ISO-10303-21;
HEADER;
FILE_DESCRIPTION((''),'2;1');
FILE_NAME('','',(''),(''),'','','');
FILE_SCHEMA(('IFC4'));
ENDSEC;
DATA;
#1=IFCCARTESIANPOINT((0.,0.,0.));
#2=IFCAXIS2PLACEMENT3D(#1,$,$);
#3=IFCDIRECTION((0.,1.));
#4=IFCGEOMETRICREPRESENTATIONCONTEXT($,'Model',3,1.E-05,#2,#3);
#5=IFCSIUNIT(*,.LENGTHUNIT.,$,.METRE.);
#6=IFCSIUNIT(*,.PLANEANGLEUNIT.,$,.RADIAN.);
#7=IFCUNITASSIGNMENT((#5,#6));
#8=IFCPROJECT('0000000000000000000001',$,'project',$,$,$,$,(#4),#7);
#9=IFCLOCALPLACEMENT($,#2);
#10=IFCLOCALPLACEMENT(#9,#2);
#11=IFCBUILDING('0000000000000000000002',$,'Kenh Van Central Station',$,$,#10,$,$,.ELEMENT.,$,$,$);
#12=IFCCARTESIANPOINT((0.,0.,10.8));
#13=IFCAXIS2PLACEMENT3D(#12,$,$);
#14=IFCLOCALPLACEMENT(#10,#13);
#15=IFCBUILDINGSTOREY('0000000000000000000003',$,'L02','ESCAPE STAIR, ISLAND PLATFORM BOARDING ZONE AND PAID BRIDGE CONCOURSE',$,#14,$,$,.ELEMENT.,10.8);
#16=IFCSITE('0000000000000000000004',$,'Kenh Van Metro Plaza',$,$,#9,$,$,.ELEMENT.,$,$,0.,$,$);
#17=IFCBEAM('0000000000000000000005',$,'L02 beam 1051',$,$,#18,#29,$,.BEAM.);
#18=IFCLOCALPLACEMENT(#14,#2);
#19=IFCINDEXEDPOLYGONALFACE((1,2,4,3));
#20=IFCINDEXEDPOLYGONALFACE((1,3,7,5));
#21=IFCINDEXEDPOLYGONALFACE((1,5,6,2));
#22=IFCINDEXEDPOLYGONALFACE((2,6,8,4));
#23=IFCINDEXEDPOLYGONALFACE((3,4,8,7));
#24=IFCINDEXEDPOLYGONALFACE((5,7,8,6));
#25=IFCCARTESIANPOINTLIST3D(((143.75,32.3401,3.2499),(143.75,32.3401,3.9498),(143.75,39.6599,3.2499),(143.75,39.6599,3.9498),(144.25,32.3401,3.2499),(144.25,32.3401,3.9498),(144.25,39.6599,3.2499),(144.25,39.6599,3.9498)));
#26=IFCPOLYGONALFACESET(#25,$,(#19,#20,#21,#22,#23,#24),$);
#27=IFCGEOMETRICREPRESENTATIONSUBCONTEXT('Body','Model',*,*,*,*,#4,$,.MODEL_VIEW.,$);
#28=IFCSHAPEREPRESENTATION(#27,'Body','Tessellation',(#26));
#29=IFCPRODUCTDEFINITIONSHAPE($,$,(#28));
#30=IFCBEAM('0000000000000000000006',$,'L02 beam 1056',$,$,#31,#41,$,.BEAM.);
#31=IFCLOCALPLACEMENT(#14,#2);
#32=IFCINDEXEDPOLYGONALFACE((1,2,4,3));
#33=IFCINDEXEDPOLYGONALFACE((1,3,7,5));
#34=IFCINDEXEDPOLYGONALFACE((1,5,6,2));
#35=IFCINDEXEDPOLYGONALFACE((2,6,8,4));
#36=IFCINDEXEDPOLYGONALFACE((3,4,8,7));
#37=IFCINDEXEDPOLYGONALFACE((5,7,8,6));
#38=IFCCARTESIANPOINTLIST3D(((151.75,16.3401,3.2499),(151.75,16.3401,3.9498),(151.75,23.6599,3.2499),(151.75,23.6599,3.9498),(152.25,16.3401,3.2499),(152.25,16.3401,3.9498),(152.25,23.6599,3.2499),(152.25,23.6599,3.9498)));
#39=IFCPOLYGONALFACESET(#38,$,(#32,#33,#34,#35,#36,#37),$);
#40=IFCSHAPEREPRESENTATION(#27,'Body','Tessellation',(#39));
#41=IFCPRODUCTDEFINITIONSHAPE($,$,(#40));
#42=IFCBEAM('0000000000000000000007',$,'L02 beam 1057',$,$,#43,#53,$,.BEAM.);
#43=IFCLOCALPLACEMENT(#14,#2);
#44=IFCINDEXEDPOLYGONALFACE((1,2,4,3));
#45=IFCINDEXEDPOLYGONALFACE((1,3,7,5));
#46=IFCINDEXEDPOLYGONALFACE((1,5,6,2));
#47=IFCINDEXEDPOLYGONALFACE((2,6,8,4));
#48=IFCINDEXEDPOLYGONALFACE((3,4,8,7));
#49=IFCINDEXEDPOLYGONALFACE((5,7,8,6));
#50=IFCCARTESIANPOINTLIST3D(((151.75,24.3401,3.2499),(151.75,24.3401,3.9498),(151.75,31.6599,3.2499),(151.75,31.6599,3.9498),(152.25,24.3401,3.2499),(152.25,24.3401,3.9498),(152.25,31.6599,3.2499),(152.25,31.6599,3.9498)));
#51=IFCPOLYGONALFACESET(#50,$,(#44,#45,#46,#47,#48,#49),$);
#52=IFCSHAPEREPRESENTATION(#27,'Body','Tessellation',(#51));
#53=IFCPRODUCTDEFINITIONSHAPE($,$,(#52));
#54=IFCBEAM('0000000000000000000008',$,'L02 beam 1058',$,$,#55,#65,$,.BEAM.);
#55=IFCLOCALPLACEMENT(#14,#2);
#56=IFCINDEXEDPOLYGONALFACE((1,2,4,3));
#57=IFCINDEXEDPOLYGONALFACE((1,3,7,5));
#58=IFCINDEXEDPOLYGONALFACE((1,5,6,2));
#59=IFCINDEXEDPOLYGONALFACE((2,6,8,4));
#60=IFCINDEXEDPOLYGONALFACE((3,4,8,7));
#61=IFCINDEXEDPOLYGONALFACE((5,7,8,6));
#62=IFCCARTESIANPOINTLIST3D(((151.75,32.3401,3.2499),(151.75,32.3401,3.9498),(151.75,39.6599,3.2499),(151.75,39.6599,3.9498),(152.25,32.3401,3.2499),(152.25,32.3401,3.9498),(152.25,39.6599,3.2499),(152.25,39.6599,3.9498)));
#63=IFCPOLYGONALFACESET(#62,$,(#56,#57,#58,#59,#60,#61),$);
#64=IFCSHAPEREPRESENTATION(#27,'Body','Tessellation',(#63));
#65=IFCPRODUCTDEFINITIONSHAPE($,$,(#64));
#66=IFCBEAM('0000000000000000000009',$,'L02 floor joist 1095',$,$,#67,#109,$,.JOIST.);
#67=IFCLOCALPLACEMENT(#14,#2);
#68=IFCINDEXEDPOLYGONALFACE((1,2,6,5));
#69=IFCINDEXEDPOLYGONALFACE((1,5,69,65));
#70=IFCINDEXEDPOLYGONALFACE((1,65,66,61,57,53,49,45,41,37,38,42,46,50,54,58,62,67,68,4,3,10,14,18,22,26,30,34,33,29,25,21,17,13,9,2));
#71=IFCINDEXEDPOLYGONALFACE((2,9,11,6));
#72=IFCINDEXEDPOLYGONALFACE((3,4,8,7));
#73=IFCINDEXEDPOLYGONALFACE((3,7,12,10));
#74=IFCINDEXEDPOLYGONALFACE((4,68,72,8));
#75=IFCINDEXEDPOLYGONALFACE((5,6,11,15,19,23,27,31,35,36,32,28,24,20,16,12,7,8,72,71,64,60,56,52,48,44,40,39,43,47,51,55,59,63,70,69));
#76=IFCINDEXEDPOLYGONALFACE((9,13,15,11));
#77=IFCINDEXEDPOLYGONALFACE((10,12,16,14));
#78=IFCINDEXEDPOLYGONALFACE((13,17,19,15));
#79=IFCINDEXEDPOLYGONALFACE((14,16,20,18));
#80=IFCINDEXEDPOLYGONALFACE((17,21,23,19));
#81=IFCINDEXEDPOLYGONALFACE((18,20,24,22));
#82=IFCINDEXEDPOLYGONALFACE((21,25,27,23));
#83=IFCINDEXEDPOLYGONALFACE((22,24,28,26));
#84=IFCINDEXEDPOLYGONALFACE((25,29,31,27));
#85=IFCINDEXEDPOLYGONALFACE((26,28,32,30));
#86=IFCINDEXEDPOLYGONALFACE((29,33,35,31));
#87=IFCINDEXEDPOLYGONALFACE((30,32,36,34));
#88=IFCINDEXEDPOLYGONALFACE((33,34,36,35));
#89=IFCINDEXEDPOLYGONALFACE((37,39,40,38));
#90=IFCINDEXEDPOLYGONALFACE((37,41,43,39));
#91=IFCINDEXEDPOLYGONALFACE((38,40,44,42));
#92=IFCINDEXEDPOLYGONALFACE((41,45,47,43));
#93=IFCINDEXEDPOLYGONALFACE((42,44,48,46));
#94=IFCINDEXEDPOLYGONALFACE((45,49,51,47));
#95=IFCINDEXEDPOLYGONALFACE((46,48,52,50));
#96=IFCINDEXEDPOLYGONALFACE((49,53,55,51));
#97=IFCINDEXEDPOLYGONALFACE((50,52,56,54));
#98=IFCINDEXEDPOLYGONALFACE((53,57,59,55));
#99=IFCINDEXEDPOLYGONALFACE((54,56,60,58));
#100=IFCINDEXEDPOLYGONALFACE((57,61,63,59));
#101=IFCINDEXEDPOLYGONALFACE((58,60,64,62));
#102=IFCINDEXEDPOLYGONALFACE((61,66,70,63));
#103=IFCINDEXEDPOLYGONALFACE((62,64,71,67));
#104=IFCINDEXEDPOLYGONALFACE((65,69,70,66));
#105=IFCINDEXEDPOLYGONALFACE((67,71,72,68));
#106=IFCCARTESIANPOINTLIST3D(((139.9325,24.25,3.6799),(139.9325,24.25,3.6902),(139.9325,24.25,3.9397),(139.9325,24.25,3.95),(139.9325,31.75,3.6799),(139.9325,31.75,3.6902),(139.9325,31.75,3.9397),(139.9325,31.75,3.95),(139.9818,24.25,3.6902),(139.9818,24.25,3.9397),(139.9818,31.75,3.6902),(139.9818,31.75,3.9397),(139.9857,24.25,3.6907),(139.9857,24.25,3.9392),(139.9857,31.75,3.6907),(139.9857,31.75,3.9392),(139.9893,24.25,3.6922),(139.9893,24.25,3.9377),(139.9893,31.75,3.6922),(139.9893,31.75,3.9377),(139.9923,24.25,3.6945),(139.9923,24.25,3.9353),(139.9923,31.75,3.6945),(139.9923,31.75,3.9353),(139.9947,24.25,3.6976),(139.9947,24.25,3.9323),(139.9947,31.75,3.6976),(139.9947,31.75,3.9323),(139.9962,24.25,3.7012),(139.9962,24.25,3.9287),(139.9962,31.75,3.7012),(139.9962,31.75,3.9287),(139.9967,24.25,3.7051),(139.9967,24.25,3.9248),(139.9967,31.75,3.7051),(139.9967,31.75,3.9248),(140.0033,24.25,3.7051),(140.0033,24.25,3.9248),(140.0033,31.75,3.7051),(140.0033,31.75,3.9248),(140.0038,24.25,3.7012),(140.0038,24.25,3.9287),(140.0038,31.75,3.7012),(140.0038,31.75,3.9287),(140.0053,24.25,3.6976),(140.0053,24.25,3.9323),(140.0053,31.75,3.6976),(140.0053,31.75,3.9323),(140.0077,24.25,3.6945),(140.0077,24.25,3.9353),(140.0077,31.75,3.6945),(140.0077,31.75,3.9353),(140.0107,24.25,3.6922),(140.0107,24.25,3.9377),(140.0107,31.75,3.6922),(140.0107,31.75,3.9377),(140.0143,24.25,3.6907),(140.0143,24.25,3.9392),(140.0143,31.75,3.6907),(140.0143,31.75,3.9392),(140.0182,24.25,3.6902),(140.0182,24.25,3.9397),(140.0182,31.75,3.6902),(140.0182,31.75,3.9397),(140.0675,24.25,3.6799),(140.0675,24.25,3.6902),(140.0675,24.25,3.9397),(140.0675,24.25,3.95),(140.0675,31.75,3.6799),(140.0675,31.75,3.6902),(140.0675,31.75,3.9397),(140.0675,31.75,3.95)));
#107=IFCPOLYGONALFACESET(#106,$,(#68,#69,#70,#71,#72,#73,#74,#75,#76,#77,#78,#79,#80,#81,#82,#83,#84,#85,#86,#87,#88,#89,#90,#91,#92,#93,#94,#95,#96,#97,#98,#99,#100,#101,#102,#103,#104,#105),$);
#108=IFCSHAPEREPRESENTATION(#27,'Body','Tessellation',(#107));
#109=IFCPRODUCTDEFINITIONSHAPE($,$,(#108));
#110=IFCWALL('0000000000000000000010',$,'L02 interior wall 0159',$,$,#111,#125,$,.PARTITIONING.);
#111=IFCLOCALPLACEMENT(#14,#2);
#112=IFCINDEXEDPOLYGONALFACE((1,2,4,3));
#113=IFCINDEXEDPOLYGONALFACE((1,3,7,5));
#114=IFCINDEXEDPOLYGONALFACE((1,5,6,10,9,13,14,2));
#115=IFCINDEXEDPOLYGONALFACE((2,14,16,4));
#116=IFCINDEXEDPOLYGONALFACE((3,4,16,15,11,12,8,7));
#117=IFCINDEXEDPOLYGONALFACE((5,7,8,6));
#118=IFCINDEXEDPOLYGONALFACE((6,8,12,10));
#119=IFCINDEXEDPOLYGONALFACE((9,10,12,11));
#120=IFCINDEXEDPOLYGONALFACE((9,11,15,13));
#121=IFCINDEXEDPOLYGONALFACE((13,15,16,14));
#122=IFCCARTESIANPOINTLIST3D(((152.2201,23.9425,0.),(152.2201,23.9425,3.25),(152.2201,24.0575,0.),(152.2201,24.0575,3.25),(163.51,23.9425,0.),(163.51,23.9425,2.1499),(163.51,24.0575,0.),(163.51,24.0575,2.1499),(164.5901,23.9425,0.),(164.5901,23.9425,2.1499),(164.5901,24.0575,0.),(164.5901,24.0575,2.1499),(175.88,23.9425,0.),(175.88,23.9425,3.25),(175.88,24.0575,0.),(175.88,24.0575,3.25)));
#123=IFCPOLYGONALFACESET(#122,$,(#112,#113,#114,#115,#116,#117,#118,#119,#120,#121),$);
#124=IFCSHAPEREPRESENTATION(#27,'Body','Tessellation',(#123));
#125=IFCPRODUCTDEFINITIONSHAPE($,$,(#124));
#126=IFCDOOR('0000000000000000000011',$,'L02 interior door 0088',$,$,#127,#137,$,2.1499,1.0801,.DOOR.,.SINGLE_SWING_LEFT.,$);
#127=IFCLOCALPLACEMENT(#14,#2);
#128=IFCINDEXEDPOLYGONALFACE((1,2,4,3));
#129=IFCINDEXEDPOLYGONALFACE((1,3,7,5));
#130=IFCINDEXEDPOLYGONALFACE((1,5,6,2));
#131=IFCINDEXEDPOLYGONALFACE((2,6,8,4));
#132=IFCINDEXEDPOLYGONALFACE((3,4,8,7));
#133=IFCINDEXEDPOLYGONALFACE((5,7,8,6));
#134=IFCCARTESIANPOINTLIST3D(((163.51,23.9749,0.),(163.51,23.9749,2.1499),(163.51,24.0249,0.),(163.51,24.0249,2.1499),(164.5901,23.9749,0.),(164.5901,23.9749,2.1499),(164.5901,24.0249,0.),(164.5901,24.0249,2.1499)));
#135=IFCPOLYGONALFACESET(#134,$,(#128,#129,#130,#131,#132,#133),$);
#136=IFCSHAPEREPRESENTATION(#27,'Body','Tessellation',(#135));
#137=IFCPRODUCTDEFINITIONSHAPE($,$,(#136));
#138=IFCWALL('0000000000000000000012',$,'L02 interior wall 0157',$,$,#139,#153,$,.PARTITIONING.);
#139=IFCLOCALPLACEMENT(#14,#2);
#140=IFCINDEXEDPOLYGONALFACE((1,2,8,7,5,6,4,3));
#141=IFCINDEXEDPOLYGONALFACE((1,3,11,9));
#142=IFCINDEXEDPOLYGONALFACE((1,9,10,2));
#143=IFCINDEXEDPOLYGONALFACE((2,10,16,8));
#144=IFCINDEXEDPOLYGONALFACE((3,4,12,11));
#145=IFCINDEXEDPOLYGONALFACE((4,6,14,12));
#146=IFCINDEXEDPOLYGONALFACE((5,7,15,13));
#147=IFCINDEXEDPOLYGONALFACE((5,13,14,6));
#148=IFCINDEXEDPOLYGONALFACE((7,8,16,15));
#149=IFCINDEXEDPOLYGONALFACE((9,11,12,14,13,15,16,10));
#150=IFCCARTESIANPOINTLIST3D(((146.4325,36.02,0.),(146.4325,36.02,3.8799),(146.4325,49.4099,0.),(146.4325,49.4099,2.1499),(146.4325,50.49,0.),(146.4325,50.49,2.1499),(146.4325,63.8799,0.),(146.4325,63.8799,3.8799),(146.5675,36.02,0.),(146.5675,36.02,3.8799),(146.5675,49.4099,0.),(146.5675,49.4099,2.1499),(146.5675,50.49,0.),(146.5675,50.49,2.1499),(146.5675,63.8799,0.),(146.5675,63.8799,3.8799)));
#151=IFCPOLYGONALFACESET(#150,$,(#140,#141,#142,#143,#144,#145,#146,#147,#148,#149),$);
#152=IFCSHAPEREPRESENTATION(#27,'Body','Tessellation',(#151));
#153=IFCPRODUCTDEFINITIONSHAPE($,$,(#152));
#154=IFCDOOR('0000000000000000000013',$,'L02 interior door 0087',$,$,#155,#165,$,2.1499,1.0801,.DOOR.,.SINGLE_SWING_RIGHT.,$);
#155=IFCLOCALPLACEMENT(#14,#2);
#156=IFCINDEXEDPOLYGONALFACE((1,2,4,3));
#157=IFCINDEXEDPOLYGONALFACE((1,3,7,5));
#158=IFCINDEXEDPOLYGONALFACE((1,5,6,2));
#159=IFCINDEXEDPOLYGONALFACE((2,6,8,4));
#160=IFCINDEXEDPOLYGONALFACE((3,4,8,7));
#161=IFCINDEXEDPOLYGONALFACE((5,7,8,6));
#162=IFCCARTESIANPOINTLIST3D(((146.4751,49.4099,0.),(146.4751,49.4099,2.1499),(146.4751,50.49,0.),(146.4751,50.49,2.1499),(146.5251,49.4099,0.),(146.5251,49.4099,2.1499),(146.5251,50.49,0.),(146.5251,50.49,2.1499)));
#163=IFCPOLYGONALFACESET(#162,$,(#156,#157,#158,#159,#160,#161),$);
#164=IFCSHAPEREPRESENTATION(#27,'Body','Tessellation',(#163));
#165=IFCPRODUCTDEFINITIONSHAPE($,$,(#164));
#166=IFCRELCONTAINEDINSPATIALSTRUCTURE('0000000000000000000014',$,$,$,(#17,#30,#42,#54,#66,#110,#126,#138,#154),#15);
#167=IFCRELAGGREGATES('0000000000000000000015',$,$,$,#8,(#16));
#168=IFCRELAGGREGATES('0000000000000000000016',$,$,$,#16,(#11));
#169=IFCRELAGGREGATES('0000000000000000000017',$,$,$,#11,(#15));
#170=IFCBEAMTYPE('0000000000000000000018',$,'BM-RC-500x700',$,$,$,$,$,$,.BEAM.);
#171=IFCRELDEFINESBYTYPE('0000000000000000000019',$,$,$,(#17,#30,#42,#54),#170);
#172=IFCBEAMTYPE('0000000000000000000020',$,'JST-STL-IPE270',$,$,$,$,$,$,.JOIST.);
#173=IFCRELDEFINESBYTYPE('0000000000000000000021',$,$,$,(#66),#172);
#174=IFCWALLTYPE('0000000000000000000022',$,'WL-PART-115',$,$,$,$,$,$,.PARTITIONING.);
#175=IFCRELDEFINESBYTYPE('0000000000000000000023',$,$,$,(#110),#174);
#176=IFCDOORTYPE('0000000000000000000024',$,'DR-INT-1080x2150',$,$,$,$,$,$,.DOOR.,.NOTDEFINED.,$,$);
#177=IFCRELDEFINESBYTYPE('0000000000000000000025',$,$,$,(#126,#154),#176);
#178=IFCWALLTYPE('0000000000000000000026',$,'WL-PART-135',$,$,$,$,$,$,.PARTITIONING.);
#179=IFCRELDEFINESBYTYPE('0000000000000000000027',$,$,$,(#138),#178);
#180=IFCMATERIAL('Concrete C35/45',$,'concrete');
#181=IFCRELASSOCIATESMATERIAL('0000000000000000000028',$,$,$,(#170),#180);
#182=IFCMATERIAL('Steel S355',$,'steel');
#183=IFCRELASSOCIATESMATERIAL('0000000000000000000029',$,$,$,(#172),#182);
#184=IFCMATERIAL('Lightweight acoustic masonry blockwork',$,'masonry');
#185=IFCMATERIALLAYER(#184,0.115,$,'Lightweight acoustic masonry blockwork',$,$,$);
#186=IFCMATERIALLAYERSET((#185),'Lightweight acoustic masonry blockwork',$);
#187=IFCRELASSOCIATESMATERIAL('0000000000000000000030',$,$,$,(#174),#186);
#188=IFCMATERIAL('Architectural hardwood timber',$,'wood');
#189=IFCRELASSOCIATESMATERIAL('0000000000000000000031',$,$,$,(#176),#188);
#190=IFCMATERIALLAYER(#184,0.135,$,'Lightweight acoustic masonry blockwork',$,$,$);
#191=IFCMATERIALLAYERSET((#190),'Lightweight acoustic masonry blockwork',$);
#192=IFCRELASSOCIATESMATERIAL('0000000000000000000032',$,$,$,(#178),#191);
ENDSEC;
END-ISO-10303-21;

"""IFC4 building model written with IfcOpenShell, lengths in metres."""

from ifc_helpers import new_model, si_unit, direction, frame, frame_2d, origin, origin_2d, place, context, subcontext, project, spatial, rectangle, i_section, extrude, material, layer, layer_set, material_profile, profile_set, type_object, element, fill, save


model = new_model("IFC4")

# Units and contexts
model_context = context("Model", 3, precision=1e-05, world=origin(), true_north=direction((0.0, 1.0)))
body_context = subcontext(model_context, "Body", "Model", "MODEL_VIEW")
ifc_project = project(units=[si_unit("LENGTHUNIT", "METRE"), si_unit("PLANEANGLEUNIT", "RADIAN")], contexts=[model_context])

# Site, building, storey
site_placement = place(None, origin())
site = spatial("IfcSite", under=ifc_project, at=site_placement, Name="Kenh Van Metro Plaza", CompositionType="ELEMENT", RefElevation=0.0)
building_placement = place(site_placement, origin())
building = spatial("IfcBuilding", under=site, at=building_placement, Name="Kenh Van Central Station", CompositionType="ELEMENT")
storey_placement = place(building_placement, frame((0.0, 0.0, 10.8)))
storey = spatial("IfcBuildingStorey", under=building, at=storey_placement, Name="L02", Description="ESCAPE STAIR, ISLAND PLATFORM BOARDING ZONE AND PAID BRIDGE CONCOURSE", CompositionType="ELEMENT", Elevation=10.8)

# Beams
ifc_material_1 = material(Name="Concrete C35/45", Category="concrete")
ifc_material_profile_1 = material_profile(ifc_material_1, rectangle(XDim=0.5, YDim=0.7, at=origin_2d()), Name="RC 500x700")
ifc_profile_set_1 = profile_set([ifc_material_profile_1], Name="Concrete C35/45")
beam_type_1 = type_object("IfcBeamType", Name="BM-RC-500x700", PredefinedType="BEAM", material=ifc_profile_set_1)
for number, where, z_axis, x_axis, name in (
    (1, (144.0, 32.3401, 3.5999), (0.0, 1.0, 0.0), (-1.0, 0.0, 0.0), "L02 beam 1051"),
    (2, (152.0, 16.3401, 3.5999), (0.0, 1.0, 0.0), (-1.0, 0.0, 0.0), "L02 beam 1056"),
    (3, (152.0, 24.3401, 3.5999), (0.0, 1.0, 0.0), (-1.0, 0.0, 0.0), "L02 beam 1057"),
    (4, (152.0, 32.3401, 3.5999), (0.0, 1.0, 0.0), (-1.0, 0.0, 0.0), "L02 beam 1058"),
):
    element("IfcBeam", number, at=place(storey_placement, frame(where, z_axis=z_axis, x_axis=x_axis)), inside=storey, type_object=beam_type_1, Name=name, PredefinedType="BEAM", context=body_context, shape_type="SweptSolid", body=[
        extrude(rectangle(XDim=0.5, YDim=0.7, at=origin_2d()), origin(), (0.0, 0.0, 1.0), 7.3198),
    ])
ifc_material_2 = material(Name="Steel S355", Category="steel")
ifc_material_profile_2 = material_profile(ifc_material_2, i_section(OverallWidth=0.135, OverallDepth=0.27, WebThickness=0.0066, FlangeThickness=0.0103, FilletRadius=0.0149, at=origin_2d()), Name="IPE 270")
ifc_profile_set_2 = profile_set([ifc_material_profile_2], Name="Steel S355")
beam_type_2 = type_object("IfcBeamType", Name="JST-STL-IPE270", PredefinedType="JOIST", material=ifc_profile_set_2)
beam_placement = place(storey_placement, frame((140.0, 24.25, 3.8149), z_axis=(0.0, 1.0, 0.0), x_axis=(-1.0, 0.0, 0.0)))
element("IfcBeam", 5, at=beam_placement, inside=storey, type_object=beam_type_2, Name="L02 floor joist 1095", PredefinedType="JOIST", context=body_context, shape_type="SweptSolid", body=[
    extrude(i_section(OverallWidth=0.135, OverallDepth=0.27, WebThickness=0.0066, FlangeThickness=0.0103, FilletRadius=0.0149, at=origin_2d()), origin(), (0.0, 0.0, 1.0), 7.5),
])

# Walls, openings, doors
ifc_material_3 = material(Name="Lightweight acoustic masonry blockwork", Category="masonry")
ifc_layer_1 = layer(ifc_material_3, 0.115, Name="Lightweight acoustic masonry blockwork")
ifc_layer_set_1 = layer_set([ifc_layer_1], Name="Lightweight acoustic masonry blockwork")
wall_type_1 = type_object("IfcWallType", Name="WL-PART-115", PredefinedType="PARTITIONING", material=ifc_layer_set_1)
wall_1_placement = place(storey_placement, frame((152.22, 24.0, 0.0), z_axis=(0.0, 0.0, 1.0), x_axis=(1.0, 0.0, 0.0)))
wall_1 = element("IfcWall", 6, at=wall_1_placement, inside=storey, type_object=wall_type_1, Name="L02 interior wall 0159", PredefinedType="PARTITIONING", context=body_context, shape_type="SweptSolid", body=[
    extrude(rectangle(XDim=23.6599, YDim=0.115, at=frame_2d((11.8301, 0.0))), origin(), (0.0, 0.0, 1.0), 3.25),
])
opening_1_placement = place(wall_1_placement, frame((11.29, 0.0, 0.0)))
opening_1 = element("IfcOpeningElement", 7, at=opening_1_placement, cuts=wall_1, PredefinedType="OPENING", context=body_context, shape_type="SweptSolid", body=[
    extrude(rectangle(XDim=1.0801, YDim=2.1499, at=frame_2d((0.54, 1.075))), frame((0.0, 0.0674, 0.0), z_axis=(0.0, -1.0, 0.0), x_axis=(1.0, 0.0, 0.0)), (0.0, 0.0, 1.0), 0.135),
])
ifc_material_4 = material(Name="Architectural hardwood timber", Category="wood")
door_type_1 = type_object("IfcDoorType", Name="DR-INT-1080x2150", OperationType="NOTDEFINED", PredefinedType="DOOR", material=ifc_material_4)
door_1_placement = place(opening_1_placement, origin())
door_1 = element("IfcDoor", 8, at=door_1_placement, inside=storey, type_object=door_type_1, Name="L02 interior door 0088", OperationType="SINGLE_SWING_LEFT", OverallHeight=2.1499, OverallWidth=1.0801, PredefinedType="DOOR", context=body_context, shape_type="SweptSolid", body=[
    extrude(rectangle(XDim=1.0801, YDim=2.1499, at=frame_2d((0.54, 1.075))), frame((0.0, 0.0249, 0.0), z_axis=(0.0, -1.0, 0.0), x_axis=(1.0, 0.0, 0.0)), (0.0, 0.0, 1.0), 0.05),
])
fill(opening_1, door_1)
ifc_layer_2 = layer(ifc_material_3, 0.135, Name="Lightweight acoustic masonry blockwork")
ifc_layer_set_2 = layer_set([ifc_layer_2], Name="Lightweight acoustic masonry blockwork")
wall_type_2 = type_object("IfcWallType", Name="WL-PART-135", PredefinedType="PARTITIONING", material=ifc_layer_set_2)
wall_2_placement = place(storey_placement, frame((146.5, 36.02, 0.0), z_axis=(0.0, 0.0, 1.0), x_axis=(0.0, 1.0, 0.0)))
wall_2 = element("IfcWall", 9, at=wall_2_placement, inside=storey, type_object=wall_type_2, Name="L02 interior wall 0157", PredefinedType="PARTITIONING", context=body_context, shape_type="SweptSolid", body=[
    extrude(rectangle(XDim=27.8599, YDim=0.135, at=frame_2d((13.9299, 0.0))), origin(), (0.0, 0.0, 1.0), 3.8799),
])
opening_2_placement = place(wall_2_placement, frame((13.3899, 0.0, 0.0)))
opening_2 = element("IfcOpeningElement", 10, at=opening_2_placement, cuts=wall_2, PredefinedType="OPENING", context=body_context, shape_type="SweptSolid", body=[
    extrude(rectangle(XDim=1.0801, YDim=2.1499, at=frame_2d((0.54, 1.075))), frame((0.0, 0.0774, 0.0), z_axis=(0.0, -1.0, 0.0), x_axis=(1.0, 0.0, 0.0)), (0.0, 0.0, 1.0), 0.155),
])
door_2_placement = place(opening_2_placement, origin())
door_2 = element("IfcDoor", 11, at=door_2_placement, inside=storey, type_object=door_type_1, Name="L02 interior door 0087", OperationType="SINGLE_SWING_RIGHT", OverallHeight=2.1499, OverallWidth=1.0801, PredefinedType="DOOR", context=body_context, shape_type="SweptSolid", body=[
    extrude(rectangle(XDim=1.0801, YDim=2.1499, at=frame_2d((0.54, 1.075))), frame((0.0, 0.0249, 0.0), z_axis=(0.0, -1.0, 0.0), x_axis=(1.0, 0.0, 0.0)), (0.0, 0.0, 1.0), 0.05),
])
fill(opening_2, door_2)

save(model, "model.ifc")
